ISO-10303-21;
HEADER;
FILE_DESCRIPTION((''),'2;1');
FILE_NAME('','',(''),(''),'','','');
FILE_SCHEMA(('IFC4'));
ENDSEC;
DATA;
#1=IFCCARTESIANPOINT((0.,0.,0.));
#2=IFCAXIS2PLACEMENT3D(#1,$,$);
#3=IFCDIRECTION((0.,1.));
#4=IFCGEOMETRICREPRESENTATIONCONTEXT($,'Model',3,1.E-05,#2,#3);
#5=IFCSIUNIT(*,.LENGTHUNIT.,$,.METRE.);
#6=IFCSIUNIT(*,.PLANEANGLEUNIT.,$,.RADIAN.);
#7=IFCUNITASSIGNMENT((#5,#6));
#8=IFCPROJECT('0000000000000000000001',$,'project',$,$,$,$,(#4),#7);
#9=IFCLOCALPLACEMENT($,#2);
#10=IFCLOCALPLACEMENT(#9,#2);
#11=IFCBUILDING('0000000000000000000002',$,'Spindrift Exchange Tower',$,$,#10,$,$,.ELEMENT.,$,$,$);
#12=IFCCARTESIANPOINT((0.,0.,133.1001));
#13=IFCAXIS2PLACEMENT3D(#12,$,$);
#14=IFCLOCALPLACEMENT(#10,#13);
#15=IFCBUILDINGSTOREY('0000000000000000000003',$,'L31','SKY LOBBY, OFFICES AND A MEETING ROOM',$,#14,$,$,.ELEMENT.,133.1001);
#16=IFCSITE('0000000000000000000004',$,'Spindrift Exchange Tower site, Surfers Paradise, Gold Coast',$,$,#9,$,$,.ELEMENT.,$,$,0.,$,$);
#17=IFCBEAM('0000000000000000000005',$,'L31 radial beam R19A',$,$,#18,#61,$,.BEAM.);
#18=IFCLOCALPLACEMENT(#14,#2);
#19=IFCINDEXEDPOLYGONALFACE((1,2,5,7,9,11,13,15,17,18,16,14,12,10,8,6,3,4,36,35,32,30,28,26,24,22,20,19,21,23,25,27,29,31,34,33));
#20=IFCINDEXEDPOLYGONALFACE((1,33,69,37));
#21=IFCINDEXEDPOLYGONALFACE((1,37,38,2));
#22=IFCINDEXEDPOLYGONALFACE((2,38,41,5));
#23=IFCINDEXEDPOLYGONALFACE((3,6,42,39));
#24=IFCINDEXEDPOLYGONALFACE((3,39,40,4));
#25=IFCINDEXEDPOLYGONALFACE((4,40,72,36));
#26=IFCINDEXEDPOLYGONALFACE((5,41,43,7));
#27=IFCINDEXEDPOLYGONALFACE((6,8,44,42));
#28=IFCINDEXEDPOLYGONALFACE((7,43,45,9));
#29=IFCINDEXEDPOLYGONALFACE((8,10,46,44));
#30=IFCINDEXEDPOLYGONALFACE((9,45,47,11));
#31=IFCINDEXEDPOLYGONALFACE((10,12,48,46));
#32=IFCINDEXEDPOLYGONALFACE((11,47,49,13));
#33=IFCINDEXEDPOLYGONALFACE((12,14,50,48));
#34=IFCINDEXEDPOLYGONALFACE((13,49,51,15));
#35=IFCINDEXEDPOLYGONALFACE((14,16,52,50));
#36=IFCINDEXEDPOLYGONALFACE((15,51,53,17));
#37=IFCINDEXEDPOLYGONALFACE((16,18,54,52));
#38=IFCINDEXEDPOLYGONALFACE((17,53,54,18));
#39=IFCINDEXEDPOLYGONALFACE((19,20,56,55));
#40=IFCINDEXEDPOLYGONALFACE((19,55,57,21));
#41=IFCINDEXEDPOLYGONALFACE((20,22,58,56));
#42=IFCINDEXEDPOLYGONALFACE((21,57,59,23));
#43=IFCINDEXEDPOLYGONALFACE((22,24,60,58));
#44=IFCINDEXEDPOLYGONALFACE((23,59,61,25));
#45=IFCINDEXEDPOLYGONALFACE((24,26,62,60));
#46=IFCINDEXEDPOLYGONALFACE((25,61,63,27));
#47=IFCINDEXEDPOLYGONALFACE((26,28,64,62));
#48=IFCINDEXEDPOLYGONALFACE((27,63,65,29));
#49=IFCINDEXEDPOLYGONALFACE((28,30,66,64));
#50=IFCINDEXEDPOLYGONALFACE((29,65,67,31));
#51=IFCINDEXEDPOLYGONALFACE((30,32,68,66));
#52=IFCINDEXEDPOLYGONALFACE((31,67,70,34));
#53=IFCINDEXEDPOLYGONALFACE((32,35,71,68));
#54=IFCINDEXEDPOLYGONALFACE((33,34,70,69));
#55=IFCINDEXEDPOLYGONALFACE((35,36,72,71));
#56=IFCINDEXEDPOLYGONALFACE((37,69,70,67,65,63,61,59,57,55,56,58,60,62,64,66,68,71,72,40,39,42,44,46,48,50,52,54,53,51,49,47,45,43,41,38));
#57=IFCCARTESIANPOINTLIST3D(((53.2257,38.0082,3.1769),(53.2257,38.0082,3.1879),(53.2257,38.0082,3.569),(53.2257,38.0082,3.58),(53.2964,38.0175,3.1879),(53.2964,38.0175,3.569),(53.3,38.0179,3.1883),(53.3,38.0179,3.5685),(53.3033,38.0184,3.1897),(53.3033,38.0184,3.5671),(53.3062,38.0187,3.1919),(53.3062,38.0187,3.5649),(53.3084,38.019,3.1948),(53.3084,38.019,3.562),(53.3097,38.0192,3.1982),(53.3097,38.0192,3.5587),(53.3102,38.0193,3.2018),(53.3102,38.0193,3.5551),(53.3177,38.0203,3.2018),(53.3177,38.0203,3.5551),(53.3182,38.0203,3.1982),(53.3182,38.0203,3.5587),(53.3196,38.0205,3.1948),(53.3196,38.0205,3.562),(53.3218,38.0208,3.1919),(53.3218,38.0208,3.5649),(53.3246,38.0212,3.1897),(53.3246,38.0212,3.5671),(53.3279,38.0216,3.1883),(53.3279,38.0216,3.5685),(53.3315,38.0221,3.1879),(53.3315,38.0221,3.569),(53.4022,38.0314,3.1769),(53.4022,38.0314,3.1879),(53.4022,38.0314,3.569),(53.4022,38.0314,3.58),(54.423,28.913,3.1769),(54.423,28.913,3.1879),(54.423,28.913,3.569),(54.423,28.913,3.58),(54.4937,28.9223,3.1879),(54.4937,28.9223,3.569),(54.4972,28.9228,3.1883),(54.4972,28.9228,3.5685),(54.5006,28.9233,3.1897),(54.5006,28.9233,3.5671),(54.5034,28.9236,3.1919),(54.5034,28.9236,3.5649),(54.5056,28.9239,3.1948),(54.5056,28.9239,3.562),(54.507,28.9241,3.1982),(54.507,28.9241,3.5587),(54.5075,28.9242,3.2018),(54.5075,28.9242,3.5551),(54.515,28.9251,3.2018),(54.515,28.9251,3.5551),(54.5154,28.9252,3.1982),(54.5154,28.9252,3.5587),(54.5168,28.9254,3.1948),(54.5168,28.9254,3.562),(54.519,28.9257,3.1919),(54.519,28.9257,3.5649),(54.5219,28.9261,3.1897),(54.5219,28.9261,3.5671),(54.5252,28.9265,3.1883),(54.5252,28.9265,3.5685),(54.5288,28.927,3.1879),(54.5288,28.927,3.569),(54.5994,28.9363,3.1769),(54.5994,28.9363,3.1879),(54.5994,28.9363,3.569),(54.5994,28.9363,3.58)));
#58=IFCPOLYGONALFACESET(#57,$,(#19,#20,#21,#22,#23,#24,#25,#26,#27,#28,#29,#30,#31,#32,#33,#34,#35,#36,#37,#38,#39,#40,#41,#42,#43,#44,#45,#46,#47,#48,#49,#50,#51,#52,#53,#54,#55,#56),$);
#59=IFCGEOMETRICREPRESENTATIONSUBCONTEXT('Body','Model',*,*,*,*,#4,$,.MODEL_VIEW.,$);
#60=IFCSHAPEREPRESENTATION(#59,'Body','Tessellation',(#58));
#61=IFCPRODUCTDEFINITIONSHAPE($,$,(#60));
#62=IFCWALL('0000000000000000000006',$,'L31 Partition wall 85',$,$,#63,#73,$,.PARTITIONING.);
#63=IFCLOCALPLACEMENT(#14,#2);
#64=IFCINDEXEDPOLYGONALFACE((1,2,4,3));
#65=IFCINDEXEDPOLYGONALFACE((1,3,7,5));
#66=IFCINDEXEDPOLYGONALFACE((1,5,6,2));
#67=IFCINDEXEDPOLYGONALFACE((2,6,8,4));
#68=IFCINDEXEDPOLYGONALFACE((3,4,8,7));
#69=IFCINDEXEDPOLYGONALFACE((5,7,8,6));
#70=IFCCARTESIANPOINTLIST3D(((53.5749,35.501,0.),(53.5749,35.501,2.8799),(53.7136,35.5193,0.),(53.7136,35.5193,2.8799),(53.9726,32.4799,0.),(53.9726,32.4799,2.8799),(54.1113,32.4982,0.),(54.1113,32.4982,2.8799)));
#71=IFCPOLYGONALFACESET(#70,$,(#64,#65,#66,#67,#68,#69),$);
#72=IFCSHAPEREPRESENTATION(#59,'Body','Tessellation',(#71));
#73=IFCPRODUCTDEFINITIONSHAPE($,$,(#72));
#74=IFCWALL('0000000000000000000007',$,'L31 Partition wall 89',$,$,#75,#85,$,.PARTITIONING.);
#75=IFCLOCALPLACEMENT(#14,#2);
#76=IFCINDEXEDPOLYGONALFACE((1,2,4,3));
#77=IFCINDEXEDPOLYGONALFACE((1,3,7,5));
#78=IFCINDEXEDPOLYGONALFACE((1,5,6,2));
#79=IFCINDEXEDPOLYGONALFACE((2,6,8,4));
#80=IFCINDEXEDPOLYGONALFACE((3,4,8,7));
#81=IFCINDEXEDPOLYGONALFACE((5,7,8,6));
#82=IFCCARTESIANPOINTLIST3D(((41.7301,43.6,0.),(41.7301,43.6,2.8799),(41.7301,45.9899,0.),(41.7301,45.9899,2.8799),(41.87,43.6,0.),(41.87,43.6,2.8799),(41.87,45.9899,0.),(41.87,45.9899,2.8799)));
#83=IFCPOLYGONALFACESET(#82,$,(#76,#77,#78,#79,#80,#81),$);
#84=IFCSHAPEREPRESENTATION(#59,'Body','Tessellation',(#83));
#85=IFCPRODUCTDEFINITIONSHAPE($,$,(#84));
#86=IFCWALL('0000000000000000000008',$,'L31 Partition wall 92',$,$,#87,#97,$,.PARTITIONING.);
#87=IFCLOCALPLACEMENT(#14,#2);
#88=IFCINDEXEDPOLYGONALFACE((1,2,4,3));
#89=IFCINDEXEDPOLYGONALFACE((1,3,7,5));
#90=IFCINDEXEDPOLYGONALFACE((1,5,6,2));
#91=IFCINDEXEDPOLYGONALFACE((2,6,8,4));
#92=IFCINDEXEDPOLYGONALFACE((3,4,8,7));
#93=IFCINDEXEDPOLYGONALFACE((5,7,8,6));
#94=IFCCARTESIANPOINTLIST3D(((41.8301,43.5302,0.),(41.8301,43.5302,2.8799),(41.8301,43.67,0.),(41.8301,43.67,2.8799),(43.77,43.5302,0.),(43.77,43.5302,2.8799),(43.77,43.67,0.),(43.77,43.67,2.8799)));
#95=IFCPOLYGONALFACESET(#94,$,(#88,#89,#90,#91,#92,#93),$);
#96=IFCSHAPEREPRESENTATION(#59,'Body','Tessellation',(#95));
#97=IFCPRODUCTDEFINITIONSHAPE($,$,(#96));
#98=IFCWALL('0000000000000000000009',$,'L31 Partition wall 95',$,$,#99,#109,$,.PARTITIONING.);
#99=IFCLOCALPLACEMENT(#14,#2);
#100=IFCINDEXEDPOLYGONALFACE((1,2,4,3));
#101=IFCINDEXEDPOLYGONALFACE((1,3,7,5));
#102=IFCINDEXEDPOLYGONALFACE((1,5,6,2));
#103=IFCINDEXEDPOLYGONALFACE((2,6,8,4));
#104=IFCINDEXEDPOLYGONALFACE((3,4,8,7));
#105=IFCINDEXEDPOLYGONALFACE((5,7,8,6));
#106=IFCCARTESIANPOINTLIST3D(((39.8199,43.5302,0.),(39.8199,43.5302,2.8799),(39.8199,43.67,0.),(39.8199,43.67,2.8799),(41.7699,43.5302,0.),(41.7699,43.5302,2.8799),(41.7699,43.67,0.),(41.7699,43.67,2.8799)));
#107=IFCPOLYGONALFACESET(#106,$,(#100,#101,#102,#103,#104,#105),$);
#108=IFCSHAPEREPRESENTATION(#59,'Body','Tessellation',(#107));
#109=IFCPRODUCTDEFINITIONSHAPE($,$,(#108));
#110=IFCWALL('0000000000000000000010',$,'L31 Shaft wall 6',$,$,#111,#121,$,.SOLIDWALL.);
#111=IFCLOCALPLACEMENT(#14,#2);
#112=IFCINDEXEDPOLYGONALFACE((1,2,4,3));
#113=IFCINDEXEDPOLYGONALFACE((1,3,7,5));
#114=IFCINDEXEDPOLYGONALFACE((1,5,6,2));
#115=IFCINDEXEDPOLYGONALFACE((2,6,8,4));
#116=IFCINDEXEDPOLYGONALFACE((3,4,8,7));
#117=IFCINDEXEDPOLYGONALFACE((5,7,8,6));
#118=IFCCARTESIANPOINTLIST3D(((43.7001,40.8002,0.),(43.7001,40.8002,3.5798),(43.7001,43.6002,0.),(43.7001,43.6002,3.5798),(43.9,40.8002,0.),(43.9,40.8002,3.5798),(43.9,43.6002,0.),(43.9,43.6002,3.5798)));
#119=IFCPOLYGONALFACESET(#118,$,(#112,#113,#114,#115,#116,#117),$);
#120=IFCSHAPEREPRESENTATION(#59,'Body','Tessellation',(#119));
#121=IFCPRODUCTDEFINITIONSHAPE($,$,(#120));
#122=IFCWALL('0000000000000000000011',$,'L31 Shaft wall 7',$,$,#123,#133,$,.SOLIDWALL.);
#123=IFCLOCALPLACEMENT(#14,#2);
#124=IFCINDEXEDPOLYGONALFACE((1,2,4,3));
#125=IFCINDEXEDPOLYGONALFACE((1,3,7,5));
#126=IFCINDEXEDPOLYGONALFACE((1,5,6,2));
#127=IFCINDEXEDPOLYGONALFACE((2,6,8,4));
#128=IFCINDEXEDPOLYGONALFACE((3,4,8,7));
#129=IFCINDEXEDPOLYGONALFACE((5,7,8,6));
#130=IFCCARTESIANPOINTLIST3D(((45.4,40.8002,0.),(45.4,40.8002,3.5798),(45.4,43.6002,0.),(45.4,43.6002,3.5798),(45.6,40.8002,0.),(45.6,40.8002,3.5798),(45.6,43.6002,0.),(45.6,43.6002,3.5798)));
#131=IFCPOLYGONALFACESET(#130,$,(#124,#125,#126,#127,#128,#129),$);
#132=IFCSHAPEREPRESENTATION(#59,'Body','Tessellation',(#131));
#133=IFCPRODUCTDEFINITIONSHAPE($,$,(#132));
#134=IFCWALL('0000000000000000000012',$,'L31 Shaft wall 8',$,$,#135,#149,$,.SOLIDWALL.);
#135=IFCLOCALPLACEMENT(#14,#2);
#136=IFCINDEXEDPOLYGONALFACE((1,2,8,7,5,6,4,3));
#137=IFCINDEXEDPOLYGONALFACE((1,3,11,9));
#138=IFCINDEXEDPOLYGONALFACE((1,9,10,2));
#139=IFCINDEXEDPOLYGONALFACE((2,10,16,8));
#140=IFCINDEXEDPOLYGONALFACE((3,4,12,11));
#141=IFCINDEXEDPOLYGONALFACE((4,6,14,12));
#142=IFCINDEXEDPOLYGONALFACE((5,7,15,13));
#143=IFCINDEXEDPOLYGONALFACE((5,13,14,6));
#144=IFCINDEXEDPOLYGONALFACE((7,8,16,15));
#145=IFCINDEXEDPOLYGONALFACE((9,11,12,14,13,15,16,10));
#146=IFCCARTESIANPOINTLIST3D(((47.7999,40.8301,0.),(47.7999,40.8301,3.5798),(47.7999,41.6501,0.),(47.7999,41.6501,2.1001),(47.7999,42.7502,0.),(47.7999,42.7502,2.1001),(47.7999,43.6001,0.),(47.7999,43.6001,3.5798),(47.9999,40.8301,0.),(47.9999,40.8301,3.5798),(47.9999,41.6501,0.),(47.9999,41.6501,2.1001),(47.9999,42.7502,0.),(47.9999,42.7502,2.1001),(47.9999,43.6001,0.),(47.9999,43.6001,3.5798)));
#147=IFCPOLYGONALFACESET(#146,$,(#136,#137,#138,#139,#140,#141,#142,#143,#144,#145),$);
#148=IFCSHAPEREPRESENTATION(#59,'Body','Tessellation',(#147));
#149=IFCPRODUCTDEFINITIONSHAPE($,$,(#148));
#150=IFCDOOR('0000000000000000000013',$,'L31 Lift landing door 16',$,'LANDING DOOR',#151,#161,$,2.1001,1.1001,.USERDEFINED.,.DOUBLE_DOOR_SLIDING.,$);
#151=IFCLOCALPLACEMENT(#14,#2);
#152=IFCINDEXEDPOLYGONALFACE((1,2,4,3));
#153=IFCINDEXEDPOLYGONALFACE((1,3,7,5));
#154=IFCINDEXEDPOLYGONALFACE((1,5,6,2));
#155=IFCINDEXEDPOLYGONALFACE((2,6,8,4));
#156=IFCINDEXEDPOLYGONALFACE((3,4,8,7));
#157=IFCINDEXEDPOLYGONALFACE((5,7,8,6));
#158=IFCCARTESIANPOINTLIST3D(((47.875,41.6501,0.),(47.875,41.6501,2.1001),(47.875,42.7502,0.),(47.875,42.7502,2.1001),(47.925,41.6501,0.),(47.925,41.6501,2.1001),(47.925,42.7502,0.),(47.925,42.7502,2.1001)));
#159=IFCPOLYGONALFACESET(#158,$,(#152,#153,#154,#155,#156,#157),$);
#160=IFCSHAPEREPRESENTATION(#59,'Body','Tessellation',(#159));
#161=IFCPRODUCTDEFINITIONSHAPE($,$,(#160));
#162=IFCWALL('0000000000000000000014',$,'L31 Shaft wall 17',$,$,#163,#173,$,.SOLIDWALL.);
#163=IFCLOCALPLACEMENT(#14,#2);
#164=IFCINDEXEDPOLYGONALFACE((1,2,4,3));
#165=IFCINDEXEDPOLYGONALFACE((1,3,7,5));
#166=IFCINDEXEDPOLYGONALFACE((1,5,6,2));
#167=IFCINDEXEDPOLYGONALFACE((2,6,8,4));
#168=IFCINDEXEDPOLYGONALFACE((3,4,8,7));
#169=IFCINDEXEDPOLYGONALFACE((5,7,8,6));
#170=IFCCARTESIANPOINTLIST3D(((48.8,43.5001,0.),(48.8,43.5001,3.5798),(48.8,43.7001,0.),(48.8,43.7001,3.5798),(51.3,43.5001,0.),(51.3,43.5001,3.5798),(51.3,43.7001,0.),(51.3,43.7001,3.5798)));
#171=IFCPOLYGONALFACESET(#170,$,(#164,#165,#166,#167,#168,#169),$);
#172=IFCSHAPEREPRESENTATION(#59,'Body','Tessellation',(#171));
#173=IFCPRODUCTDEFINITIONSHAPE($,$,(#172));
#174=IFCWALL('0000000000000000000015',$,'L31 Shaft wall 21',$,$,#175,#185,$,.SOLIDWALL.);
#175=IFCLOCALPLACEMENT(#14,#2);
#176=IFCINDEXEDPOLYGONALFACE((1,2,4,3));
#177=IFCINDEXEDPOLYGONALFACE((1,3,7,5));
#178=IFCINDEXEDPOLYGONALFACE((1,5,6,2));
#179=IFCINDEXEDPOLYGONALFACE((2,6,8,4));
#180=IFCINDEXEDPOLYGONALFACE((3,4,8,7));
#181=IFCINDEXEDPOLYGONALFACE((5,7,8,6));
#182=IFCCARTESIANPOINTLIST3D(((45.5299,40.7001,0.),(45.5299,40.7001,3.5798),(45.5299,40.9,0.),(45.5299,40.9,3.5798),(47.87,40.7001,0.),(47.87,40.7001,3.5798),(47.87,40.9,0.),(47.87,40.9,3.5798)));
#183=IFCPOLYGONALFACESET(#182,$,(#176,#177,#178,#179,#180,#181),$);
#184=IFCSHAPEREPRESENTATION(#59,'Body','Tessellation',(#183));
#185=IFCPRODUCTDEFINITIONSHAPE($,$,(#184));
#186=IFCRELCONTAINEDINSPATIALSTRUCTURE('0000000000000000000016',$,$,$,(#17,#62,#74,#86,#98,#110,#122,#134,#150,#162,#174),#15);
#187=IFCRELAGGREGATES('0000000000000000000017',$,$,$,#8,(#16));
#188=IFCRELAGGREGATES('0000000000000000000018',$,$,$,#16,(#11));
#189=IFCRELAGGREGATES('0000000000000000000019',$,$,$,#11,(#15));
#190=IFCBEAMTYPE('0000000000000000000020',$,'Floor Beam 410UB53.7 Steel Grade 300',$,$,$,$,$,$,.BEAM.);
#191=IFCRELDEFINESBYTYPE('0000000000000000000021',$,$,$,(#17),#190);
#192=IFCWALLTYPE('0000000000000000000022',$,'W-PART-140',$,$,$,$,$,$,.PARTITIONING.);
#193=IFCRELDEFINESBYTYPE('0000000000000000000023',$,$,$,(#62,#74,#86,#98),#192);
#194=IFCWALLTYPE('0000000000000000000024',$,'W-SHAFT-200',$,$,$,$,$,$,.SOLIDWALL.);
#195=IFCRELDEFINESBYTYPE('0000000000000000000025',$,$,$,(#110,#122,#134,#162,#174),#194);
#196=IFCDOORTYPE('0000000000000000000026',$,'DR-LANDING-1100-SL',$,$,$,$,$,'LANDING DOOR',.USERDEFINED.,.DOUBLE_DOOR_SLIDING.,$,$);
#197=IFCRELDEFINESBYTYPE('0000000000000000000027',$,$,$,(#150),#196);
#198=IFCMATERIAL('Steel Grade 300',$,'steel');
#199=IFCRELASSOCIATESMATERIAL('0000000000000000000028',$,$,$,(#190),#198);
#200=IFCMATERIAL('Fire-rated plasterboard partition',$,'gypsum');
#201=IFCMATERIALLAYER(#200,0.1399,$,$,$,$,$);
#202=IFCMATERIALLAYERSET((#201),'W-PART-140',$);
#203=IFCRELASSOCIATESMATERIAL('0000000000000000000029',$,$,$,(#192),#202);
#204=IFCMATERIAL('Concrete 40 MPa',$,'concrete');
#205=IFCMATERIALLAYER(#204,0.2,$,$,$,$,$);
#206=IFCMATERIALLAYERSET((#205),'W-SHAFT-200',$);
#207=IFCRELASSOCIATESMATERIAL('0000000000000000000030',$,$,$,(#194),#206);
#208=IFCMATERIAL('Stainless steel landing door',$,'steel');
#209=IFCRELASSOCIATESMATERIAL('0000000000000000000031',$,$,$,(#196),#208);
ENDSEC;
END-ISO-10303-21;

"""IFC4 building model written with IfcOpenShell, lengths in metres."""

from ifc_helpers import new_model, si_unit, direction, frame, frame_2d, origin, origin_2d, place, context, subcontext, project, spatial, rectangle, i_section, extrude, source, transform, mapped, material, layer, layer_set, material_profile, profile_set, type_object, element, fill, save


model = new_model("IFC4")

# Units and contexts
model_context = context("Model", 3, precision=1e-05, world=origin(), true_north=direction((0.0, 1.0)))
body_context = subcontext(model_context, "Body", "Model", "MODEL_VIEW")
ifc_project = project(units=[si_unit("LENGTHUNIT", "METRE"), si_unit("PLANEANGLEUNIT", "RADIAN")], contexts=[model_context])

# Site, building, storey
site_placement = place(None, origin())
site = spatial("IfcSite", under=ifc_project, at=site_placement, Name="Spindrift Exchange Tower site, Surfers Paradise, Gold Coast", CompositionType="ELEMENT", RefElevation=0.0)
building_placement = place(site_placement, origin())
building = spatial("IfcBuilding", under=site, at=building_placement, Name="Spindrift Exchange Tower", CompositionType="ELEMENT")
storey_placement = place(building_placement, frame((0.0, 0.0, 133.1001)))
storey = spatial("IfcBuildingStorey", under=building, at=storey_placement, Name="L31", Description="SKY LOBBY, OFFICES AND A MEETING ROOM", CompositionType="ELEMENT", Elevation=133.1001)

# Beam
ifc_material_1 = material(Name="Steel Grade 300", Category="steel")
ifc_material_profile_1 = material_profile(ifc_material_1, i_section(OverallWidth=0.178, OverallDepth=0.4031, WebThickness=0.0076, FlangeThickness=0.011, FilletRadius=0.0139, at=origin_2d()), Name="410UB53.7")
ifc_profile_set_1 = profile_set([ifc_material_profile_1], Name="Steel Grade 300")
beam_type_1 = type_object("IfcBeamType", Name="Floor Beam 410UB53.7 Steel Grade 300", PredefinedType="BEAM", material=ifc_profile_set_1)
shared_shape_1 = source(origin(), body_context, "Body", "SweptSolid", [
    extrude(i_section(OverallWidth=0.178, OverallDepth=0.4031, WebThickness=0.0076, FlangeThickness=0.011, FilletRadius=0.0139, at=origin_2d()), origin(), (0.0, 0.0, 1.0), 9.1736),
])
beam_1_placement = place(storey_placement, frame((53.314, 38.0198, 3.3784), z_axis=(0.130511, -0.991447, 0.0), x_axis=(0.991447, 0.130511, 0.0)))
element("IfcBeam", 1, at=beam_1_placement, inside=storey, type_object=beam_type_1, Name="L31 radial beam R19A", PredefinedType="BEAM", context=body_context, shape_type="MappedRepresentation", body=[
    mapped(shared_shape_1, transform((0.0, 0.0, 0.0), scale=1.0)),
])

# Walls
ifc_material_2 = material(Name="Fire-rated plasterboard partition", Category="gypsum")
ifc_layer_1 = layer(ifc_material_2, 0.1399)
ifc_layer_set_1 = layer_set([ifc_layer_1], Name="W-PART-140")
wall_type_1 = type_object("IfcWallType", Name="W-PART-140", PredefinedType="PARTITIONING", material=ifc_layer_set_1)
wall_1_placement = place(storey_placement, frame((53.6443, 35.51, 0.0), z_axis=(0.0, 0.0, 1.0), x_axis=(0.130521, -0.991446, 0.0)))
element("IfcWall", 2, at=wall_1_placement, inside=storey, type_object=wall_type_1, Name="L31 Partition wall 85", PredefinedType="PARTITIONING", context=body_context, shape_type="SweptSolid", body=[
    extrude(rectangle(XDim=3.0471, YDim=0.1399, at=frame_2d((1.5234, 0.0))), origin(), (0.0, 0.0, 1.0), 2.8799),
])
wall_2_placement = place(storey_placement, frame((41.8, 43.6001, 0.0), z_axis=(0.0, 0.0, 1.0), x_axis=(0.0, 1.0, 0.0)))
element("IfcWall", 3, at=wall_2_placement, inside=storey, type_object=wall_type_1, Name="L31 Partition wall 89", PredefinedType="PARTITIONING", context=body_context, shape_type="SweptSolid", body=[
    extrude(rectangle(XDim=2.3899, YDim=0.1399, at=frame_2d((1.1948, 0.0))), origin(), (0.0, 0.0, 1.0), 2.8799),
])
wall_3_placement = place(storey_placement, frame((43.77, 43.6001, 0.0), z_axis=(0.0, 0.0, 1.0), x_axis=(-1.0, 0.0, 0.0)))
element("IfcWall", 4, at=wall_3_placement, inside=storey, type_object=wall_type_1, Name="L31 Partition wall 92", PredefinedType="PARTITIONING", context=body_context, shape_type="SweptSolid", body=[
    extrude(rectangle(XDim=1.9399, YDim=0.1399, at=frame_2d((0.97, 0.0))), origin(), (0.0, 0.0, 1.0), 2.8799),
])
wall_4_placement = place(storey_placement, frame((41.77, 43.6001, 0.0), z_axis=(0.0, 0.0, 1.0), x_axis=(-1.0, 0.0, 0.0)))
element("IfcWall", 5, at=wall_4_placement, inside=storey, type_object=wall_type_1, Name="L31 Partition wall 95", PredefinedType="PARTITIONING", context=body_context, shape_type="SweptSolid", body=[
    extrude(rectangle(XDim=1.95, YDim=0.1399, at=frame_2d((0.9751, 0.0))), origin(), (0.0, 0.0, 1.0), 2.8799),
])
ifc_material_3 = material(Name="Concrete 40 MPa", Category="concrete")
ifc_layer_2 = layer(ifc_material_3, 0.2)
ifc_layer_set_2 = layer_set([ifc_layer_2], Name="W-SHAFT-200")
wall_type_2 = type_object("IfcWallType", Name="W-SHAFT-200", PredefinedType="SOLIDWALL", material=ifc_layer_set_2)
for number, where, z_axis, x_axis, name in (
    (6, (43.8, 43.6001, 0.0), (0.0, 0.0, 1.0), (0.0, -1.0, 0.0), "L31 Shaft wall 6"),
    (7, (45.5, 43.6001, 0.0), (0.0, 0.0, 1.0), (0.0, -1.0, 0.0), "L31 Shaft wall 7"),
):
    element("IfcWall", number, at=place(storey_placement, frame(where, z_axis=z_axis, x_axis=x_axis)), inside=storey, type_object=wall_type_2, Name=name, PredefinedType="SOLIDWALL", context=body_context, shape_type="SweptSolid", body=[
        extrude(rectangle(XDim=2.8, YDim=0.2, at=frame_2d((1.3999, 0.0))), origin(), (0.0, 0.0, 1.0), 3.5798),
    ])

# Wall, opening, door
wall_5_placement = place(storey_placement, frame((47.8999, 40.8301, 0.0), z_axis=(0.0, 0.0, 1.0), x_axis=(0.0, 1.0, 0.0)))
wall_5 = element("IfcWall", 8, at=wall_5_placement, inside=storey, type_object=wall_type_2, Name="L31 Shaft wall 8", PredefinedType="SOLIDWALL", context=body_context, shape_type="SweptSolid", body=[
    extrude(rectangle(XDim=2.77, YDim=0.2, at=frame_2d((1.385, 0.0))), origin(), (0.0, 0.0, 1.0), 3.5798),
])
opening_1_placement = place(wall_5_placement, frame((0.8201, 0.0, 0.0)))
opening_1 = element("IfcOpeningElement", 9, at=opening_1_placement, cuts=wall_5, PredefinedType="OPENING", context=body_context, shape_type="SweptSolid", body=[
    extrude(rectangle(XDim=1.1001, YDim=2.1001, at=frame_2d((0.55, 1.05))), frame((0.0, 0.1099, 0.0), z_axis=(0.0, -1.0, 0.0), x_axis=(1.0, 0.0, 0.0)), (0.0, 0.0, 1.0), 0.22),
])
ifc_material_4 = material(Name="Stainless steel landing door", Category="steel")
door_type_1 = type_object("IfcDoorType", Name="DR-LANDING-1100-SL", ElementType="LANDING DOOR", OperationType="DOUBLE_DOOR_SLIDING", PredefinedType="USERDEFINED", material=ifc_material_4)
shared_shape_2 = source(origin(), body_context, "Body", "SweptSolid", [
    extrude(rectangle(XDim=1.1001, YDim=2.1001, at=frame_2d((0.55, 1.05))), frame((0.0, 0.0249, 0.0), z_axis=(0.0, -1.0, 0.0), x_axis=(1.0, 0.0, 0.0)), (0.0, 0.0, 1.0), 0.05),
])
door_1_placement = place(opening_1_placement, origin())
door_1 = element("IfcDoor", 10, at=door_1_placement, inside=storey, type_object=door_type_1, Name="L31 Lift landing door 16", ObjectType="LANDING DOOR", OperationType="DOUBLE_DOOR_SLIDING", OverallHeight=2.1001, OverallWidth=1.1001, PredefinedType="USERDEFINED", context=body_context, shape_type="MappedRepresentation", body=[
    mapped(shared_shape_2, transform((0.0, 0.0, 0.0), scale=1.0)),
])
fill(opening_1, door_1)

# Walls
wall_6_placement = place(storey_placement, frame((48.8, 43.6001, 0.0), z_axis=(0.0, 0.0, 1.0), x_axis=(1.0, 0.0, 0.0)))
element("IfcWall", 11, at=wall_6_placement, inside=storey, type_object=wall_type_2, Name="L31 Shaft wall 17", PredefinedType="SOLIDWALL", context=body_context, shape_type="SweptSolid", body=[
    extrude(rectangle(XDim=2.5, YDim=0.2, at=frame_2d((1.25, 0.0))), origin(), (0.0, 0.0, 1.0), 3.5798),
])
wall_7_placement = place(storey_placement, frame((45.53, 40.8, 0.0), z_axis=(0.0, 0.0, 1.0), x_axis=(1.0, 0.0, 0.0)))
element("IfcWall", 12, at=wall_7_placement, inside=storey, type_object=wall_type_2, Name="L31 Shaft wall 21", PredefinedType="SOLIDWALL", context=body_context, shape_type="SweptSolid", body=[
    extrude(rectangle(XDim=2.3401, YDim=0.2, at=frame_2d((1.1699, 0.0))), origin(), (0.0, 0.0, 1.0), 3.5798),
])

save(model, "model.ifc")
